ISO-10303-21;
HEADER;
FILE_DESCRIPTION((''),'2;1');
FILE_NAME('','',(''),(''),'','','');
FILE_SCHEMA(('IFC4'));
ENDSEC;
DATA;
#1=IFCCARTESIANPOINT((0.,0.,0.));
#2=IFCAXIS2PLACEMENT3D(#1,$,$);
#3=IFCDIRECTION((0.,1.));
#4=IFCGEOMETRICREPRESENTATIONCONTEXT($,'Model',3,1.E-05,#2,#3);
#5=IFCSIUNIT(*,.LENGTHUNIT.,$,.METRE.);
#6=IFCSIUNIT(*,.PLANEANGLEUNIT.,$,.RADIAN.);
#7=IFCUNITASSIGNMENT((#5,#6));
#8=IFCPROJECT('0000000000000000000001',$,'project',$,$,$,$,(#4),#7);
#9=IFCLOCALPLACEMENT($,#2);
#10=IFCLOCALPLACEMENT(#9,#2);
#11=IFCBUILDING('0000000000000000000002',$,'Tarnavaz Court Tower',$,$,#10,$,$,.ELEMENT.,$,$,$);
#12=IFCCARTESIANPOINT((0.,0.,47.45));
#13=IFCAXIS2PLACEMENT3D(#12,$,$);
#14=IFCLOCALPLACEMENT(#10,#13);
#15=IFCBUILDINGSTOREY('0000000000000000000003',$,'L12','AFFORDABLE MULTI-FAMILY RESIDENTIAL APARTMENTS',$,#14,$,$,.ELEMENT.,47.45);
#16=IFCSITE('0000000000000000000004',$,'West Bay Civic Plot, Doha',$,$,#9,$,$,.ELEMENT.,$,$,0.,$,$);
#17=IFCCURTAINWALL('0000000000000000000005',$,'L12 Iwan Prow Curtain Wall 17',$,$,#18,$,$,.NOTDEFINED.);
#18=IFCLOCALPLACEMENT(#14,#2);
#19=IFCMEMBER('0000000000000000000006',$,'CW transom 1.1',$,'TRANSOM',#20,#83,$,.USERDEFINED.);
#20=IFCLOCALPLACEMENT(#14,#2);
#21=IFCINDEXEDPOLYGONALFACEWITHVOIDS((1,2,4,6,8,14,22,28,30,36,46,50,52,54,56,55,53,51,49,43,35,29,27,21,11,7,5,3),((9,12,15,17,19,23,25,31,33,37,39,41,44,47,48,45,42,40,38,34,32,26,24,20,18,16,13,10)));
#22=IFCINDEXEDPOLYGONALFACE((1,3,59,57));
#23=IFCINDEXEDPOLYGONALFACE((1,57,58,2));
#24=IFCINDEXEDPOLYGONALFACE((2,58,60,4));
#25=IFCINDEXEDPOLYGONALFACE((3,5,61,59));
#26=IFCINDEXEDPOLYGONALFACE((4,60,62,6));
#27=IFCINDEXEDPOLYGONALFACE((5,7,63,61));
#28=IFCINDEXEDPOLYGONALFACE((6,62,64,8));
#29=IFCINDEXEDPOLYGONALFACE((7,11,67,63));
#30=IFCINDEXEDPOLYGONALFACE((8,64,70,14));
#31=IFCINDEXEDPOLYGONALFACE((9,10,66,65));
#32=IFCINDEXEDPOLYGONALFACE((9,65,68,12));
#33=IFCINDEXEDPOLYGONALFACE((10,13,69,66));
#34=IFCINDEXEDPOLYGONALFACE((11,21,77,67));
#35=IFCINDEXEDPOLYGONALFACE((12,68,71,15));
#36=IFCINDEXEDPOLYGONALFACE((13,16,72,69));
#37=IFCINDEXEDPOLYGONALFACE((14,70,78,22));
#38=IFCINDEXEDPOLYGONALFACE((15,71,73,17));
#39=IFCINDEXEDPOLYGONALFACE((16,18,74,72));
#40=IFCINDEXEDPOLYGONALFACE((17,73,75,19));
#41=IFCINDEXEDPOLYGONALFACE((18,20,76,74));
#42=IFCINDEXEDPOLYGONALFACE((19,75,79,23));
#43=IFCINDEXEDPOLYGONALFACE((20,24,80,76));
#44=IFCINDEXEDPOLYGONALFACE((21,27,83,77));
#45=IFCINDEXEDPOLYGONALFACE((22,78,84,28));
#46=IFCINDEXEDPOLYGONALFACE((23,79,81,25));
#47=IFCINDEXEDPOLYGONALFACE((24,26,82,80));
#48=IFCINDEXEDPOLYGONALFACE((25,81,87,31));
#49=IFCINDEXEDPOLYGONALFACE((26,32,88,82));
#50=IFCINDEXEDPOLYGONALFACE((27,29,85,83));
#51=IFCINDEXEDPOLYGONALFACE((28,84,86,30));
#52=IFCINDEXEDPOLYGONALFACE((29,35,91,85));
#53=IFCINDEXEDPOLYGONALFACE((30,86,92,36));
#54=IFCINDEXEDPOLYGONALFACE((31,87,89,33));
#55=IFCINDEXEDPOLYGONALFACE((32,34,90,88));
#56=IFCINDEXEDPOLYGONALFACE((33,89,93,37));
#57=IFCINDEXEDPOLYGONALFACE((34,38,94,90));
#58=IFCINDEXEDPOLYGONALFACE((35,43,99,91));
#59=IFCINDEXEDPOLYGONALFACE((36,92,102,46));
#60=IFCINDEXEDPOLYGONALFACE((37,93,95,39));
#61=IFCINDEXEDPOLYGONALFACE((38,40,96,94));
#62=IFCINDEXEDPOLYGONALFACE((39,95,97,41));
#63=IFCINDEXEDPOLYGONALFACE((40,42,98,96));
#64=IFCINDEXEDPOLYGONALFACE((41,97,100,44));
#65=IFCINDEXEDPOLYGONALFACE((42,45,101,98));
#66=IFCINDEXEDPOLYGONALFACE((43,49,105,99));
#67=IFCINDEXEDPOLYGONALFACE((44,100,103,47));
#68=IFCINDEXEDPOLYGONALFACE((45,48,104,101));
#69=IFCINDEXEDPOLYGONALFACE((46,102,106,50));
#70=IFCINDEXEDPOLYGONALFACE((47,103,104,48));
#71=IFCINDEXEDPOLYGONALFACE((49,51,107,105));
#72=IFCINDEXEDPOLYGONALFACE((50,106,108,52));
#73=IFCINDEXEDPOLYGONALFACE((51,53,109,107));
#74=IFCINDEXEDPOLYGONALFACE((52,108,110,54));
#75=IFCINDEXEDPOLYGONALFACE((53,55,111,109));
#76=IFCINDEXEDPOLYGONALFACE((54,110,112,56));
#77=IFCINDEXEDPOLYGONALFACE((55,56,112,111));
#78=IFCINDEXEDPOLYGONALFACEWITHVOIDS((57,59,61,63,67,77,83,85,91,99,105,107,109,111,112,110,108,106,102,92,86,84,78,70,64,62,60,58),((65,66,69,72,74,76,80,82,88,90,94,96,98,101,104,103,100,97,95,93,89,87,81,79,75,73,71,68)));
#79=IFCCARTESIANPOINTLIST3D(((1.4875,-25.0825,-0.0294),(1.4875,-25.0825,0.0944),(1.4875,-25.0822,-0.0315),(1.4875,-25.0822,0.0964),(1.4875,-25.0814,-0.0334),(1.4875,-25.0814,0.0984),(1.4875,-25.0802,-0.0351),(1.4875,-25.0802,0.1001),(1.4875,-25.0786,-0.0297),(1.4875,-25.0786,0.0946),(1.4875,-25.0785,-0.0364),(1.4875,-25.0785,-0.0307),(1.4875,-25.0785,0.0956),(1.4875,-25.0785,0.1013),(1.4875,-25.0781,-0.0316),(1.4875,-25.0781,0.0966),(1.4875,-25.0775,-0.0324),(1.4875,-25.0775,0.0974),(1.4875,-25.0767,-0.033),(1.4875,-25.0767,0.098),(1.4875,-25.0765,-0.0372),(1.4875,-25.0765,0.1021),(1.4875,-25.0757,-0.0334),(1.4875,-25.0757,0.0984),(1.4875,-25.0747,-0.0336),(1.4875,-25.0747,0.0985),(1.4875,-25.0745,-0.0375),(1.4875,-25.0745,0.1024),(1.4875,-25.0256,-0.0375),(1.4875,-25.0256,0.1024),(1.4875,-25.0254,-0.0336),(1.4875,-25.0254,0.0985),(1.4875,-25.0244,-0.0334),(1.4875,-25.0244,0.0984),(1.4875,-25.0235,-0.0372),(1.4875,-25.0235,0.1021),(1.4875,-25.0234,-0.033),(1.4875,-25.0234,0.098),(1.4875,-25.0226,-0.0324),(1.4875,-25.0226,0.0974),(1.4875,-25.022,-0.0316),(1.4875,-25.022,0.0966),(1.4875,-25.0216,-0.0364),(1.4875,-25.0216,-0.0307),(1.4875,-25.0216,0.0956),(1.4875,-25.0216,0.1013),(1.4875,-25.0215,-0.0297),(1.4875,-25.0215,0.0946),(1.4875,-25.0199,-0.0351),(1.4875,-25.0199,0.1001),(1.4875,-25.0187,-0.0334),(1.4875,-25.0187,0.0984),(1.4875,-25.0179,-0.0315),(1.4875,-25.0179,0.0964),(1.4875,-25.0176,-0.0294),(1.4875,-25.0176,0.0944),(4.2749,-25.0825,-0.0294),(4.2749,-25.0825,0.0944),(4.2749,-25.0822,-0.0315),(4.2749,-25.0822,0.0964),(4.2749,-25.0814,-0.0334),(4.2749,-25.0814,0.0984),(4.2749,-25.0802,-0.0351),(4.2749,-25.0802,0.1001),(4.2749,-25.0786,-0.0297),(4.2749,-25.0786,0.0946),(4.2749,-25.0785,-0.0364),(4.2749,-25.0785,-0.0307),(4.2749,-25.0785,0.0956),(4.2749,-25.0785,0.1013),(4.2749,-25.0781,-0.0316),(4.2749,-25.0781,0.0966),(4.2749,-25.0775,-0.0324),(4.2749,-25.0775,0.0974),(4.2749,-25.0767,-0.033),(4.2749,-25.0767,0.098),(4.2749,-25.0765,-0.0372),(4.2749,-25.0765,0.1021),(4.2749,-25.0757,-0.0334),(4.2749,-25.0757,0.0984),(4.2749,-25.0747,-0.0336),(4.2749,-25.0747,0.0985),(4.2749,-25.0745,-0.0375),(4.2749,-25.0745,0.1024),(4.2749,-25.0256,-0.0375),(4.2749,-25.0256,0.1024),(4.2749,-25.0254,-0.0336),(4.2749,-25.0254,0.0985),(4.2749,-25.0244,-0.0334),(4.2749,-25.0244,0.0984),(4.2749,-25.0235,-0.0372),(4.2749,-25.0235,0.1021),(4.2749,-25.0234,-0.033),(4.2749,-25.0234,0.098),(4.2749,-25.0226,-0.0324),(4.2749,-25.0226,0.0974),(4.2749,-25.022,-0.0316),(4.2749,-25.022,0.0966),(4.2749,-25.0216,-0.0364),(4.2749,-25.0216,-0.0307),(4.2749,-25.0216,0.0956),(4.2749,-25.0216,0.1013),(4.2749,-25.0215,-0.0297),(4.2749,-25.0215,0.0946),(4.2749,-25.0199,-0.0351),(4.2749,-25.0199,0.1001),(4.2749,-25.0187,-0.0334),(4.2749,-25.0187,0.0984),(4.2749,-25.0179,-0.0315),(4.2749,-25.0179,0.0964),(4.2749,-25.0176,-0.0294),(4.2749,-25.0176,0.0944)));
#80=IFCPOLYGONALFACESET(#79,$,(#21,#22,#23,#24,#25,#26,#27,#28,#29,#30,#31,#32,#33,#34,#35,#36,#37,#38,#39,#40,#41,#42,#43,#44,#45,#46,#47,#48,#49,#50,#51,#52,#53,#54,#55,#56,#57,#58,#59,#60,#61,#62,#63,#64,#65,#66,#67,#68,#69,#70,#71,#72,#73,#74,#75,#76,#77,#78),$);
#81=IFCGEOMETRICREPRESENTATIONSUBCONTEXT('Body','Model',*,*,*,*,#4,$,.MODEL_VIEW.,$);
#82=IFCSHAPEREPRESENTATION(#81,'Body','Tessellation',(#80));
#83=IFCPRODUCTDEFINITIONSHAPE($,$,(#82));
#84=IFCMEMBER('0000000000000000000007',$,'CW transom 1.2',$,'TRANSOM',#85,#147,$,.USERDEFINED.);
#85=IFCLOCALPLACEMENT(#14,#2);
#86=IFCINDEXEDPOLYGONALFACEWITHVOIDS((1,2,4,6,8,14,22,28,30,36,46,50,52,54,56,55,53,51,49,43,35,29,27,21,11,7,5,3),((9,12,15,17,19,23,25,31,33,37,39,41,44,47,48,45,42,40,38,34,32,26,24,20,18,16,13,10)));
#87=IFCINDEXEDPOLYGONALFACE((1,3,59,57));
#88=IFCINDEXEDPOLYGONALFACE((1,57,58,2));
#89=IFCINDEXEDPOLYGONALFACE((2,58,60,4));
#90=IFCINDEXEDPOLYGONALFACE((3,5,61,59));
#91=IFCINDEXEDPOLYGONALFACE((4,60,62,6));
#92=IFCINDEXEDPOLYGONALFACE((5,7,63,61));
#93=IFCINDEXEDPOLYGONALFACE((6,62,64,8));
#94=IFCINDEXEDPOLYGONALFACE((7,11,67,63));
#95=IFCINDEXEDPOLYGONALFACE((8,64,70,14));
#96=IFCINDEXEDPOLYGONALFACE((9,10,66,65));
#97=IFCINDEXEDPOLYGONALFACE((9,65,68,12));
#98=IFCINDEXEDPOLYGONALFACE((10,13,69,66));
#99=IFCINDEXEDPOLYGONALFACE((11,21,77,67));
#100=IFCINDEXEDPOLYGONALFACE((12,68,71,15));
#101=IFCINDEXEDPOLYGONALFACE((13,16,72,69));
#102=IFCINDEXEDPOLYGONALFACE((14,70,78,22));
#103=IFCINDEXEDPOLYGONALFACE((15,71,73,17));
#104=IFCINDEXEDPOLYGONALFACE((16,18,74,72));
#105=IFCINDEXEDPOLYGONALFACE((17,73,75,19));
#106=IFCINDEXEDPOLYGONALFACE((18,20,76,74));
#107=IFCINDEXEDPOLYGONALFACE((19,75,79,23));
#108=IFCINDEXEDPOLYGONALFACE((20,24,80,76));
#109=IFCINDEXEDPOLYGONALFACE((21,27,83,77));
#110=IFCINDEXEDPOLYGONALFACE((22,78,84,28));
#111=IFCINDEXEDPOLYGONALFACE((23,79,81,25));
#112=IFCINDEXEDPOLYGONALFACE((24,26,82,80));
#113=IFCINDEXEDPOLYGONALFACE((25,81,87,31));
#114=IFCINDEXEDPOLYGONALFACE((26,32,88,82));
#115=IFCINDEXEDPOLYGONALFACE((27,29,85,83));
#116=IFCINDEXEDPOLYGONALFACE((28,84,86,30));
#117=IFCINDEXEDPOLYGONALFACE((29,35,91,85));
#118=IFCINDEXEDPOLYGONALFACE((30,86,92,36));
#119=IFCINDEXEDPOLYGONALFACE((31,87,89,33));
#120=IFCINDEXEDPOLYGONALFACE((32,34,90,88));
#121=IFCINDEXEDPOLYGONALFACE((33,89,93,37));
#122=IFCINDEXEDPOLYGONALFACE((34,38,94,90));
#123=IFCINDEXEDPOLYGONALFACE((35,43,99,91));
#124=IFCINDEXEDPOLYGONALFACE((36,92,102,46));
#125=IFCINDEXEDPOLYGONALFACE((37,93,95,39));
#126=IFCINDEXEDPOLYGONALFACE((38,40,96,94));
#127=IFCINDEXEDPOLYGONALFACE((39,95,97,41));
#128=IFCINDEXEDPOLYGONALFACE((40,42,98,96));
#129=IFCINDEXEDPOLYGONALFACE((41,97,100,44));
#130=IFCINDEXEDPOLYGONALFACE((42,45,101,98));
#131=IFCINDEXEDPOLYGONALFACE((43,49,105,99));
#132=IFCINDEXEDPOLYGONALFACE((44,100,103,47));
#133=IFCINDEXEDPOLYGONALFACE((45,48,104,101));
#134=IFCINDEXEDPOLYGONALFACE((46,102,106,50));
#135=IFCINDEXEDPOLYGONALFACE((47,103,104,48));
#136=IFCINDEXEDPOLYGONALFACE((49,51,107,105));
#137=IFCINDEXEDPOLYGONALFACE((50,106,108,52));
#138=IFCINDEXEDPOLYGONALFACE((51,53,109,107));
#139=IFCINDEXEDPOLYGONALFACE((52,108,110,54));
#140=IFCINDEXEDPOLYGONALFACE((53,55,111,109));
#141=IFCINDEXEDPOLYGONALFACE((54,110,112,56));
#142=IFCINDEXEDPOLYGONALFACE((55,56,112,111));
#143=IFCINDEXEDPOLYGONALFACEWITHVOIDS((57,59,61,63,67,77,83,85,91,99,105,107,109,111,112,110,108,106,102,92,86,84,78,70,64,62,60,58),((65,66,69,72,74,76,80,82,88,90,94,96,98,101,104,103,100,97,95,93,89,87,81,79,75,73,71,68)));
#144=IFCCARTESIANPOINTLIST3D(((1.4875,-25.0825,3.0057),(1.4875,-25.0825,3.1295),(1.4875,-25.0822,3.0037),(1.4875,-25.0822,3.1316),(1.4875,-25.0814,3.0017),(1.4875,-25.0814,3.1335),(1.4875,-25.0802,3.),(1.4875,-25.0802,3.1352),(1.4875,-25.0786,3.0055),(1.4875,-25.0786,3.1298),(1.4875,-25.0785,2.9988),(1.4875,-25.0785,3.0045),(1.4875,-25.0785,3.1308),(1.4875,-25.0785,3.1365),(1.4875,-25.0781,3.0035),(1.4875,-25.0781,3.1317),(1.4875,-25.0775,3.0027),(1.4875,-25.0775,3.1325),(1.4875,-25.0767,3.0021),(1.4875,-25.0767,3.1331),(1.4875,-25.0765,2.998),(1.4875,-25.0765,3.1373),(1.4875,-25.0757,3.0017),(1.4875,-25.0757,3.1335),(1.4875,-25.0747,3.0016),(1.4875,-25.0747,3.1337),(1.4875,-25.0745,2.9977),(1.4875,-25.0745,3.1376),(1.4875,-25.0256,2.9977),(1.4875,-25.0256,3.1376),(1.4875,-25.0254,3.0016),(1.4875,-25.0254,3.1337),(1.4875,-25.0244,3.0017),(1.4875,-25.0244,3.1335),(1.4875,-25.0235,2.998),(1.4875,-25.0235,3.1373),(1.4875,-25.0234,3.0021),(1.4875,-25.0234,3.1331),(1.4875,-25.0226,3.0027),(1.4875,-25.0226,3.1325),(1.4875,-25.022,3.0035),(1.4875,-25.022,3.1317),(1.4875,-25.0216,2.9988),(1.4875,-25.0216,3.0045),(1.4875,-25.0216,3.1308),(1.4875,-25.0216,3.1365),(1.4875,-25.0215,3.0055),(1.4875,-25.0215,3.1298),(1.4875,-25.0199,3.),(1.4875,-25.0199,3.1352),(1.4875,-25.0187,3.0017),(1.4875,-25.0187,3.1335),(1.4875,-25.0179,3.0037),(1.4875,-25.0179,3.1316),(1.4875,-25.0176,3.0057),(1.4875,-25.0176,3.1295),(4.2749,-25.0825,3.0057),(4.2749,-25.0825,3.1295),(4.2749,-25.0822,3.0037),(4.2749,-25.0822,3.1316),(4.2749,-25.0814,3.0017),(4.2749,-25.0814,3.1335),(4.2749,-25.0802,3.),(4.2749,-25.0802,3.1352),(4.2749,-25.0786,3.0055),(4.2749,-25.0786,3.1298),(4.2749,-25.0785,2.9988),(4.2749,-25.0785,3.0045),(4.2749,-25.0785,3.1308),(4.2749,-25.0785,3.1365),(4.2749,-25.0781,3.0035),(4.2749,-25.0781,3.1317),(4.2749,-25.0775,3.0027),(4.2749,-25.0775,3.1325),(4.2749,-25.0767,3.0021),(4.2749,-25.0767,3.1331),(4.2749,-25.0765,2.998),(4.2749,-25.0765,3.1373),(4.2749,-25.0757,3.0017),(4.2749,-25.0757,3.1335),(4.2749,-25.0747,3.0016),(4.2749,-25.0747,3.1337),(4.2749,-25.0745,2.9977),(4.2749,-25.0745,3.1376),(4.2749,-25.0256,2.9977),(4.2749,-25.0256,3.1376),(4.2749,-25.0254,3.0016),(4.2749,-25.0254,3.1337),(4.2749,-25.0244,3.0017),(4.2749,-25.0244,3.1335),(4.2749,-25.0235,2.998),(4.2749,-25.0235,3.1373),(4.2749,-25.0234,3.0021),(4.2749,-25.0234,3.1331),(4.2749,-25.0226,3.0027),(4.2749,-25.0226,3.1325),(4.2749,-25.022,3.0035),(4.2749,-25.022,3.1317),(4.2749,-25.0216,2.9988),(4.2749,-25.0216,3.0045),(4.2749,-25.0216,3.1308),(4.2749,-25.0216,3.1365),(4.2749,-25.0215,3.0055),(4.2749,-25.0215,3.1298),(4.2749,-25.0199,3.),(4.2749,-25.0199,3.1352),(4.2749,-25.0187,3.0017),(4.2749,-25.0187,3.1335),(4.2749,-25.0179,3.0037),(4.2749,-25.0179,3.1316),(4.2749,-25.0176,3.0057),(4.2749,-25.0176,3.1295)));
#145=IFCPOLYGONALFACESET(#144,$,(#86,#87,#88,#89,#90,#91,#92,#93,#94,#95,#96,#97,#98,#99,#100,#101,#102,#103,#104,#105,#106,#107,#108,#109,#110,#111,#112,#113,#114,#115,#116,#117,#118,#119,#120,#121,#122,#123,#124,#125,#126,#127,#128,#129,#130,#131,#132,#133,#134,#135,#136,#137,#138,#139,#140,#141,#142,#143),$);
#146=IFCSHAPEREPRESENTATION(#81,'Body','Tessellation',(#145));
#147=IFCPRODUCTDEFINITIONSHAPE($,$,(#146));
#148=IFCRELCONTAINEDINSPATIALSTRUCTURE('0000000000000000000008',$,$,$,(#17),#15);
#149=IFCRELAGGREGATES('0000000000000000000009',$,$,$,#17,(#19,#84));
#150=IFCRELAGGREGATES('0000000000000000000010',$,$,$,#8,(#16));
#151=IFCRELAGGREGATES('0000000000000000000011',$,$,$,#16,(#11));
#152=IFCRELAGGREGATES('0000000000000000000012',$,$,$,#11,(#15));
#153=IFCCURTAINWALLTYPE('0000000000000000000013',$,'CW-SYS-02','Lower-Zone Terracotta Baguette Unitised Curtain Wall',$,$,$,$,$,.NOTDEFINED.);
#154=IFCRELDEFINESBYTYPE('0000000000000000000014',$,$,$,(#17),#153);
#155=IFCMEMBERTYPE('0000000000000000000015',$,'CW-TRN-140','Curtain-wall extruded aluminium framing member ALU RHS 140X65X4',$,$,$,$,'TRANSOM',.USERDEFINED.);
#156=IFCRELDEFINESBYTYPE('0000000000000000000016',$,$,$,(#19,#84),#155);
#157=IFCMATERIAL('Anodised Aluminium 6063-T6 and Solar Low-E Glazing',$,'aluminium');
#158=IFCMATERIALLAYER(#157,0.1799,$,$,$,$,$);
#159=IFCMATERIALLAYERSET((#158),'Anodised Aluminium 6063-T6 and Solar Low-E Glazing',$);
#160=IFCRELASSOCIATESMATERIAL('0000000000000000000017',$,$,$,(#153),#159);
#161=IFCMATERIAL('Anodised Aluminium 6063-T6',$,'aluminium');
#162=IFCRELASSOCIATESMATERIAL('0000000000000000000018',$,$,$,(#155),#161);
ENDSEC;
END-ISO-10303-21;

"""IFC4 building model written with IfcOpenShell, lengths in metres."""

from ifc_helpers import new_model, si_unit, direction, frame, origin, origin_2d, place, context, subcontext, project, spatial, hollow_rectangle, extrude, material, layer, layer_set, material_profile, profile_set, type_object, element, aggregate, save


model = new_model("IFC4")

# Units and contexts
model_context = context("Model", 3, precision=1e-05, world=origin(), true_north=direction((0.0, 1.0)))
body_context = subcontext(model_context, "Body", "Model", "MODEL_VIEW")
ifc_project = project(units=[si_unit("LENGTHUNIT", "METRE"), si_unit("PLANEANGLEUNIT", "RADIAN")], contexts=[model_context])

# Site, building, storey
site_placement = place(None, origin())
site = spatial("IfcSite", under=ifc_project, at=site_placement, Name="West Bay Civic Plot, Doha", CompositionType="ELEMENT", RefElevation=0.0)
building_placement = place(site_placement, origin())
building = spatial("IfcBuilding", under=site, at=building_placement, Name="Tarnavaz Court Tower", CompositionType="ELEMENT")
storey_placement = place(building_placement, frame((0.0, 0.0, 47.45)))
storey = spatial("IfcBuildingStorey", under=building, at=storey_placement, Name="L12", Description="AFFORDABLE MULTI-FAMILY RESIDENTIAL APARTMENTS", CompositionType="ELEMENT", Elevation=47.45)

# Curtain wall, members
ifc_material_1 = material(Name="Anodised Aluminium 6063-T6 and Solar Low-E Glazing", Category="aluminium")
ifc_layer_1 = layer(ifc_material_1, 0.1799)
ifc_layer_set_1 = layer_set([ifc_layer_1], Name="Anodised Aluminium 6063-T6 and Solar Low-E Glazing")
curtain_wall_type = type_object("IfcCurtainWallType", Name="CW-SYS-02", Description="Lower-Zone Terracotta Baguette Unitised Curtain Wall", PredefinedType="NOTDEFINED", material=ifc_layer_set_1)
curtain_wall_placement = place(storey_placement, origin())
curtain_wall = element("IfcCurtainWall", 1, at=curtain_wall_placement, inside=storey, type_object=curtain_wall_type, Name="L12 Iwan Prow Curtain Wall 17", PredefinedType="NOTDEFINED")
ifc_material_2 = material(Name="Anodised Aluminium 6063-T6", Category="aluminium")
ifc_material_profile_1 = material_profile(ifc_material_2, hollow_rectangle(XDim=0.0649, YDim=0.1399, WallThickness=0.0039, InnerFilletRadius=0.0039, OuterFilletRadius=0.0081, at=origin_2d()), Name="ALU RHS 140X65X4")
ifc_profile_set_1 = profile_set([ifc_material_profile_1], Name="Anodised Aluminium 6063-T6")
member_type_1 = type_object("IfcMemberType", Name="CW-TRN-140", Description="Curtain-wall extruded aluminium framing member ALU RHS 140X65X4", ElementType="TRANSOM", PredefinedType="USERDEFINED", material=ifc_profile_set_1)
member_1_placement = place(storey_placement, frame((4.2749, -25.05, 0.0325), z_axis=(-1.0, 0.0, 0.0), x_axis=(0.0, -1.0, 0.0)))
member_1 = element("IfcMember", 2, at=member_1_placement, type_object=member_type_1, Name="CW transom 1.1", ObjectType="TRANSOM", PredefinedType="USERDEFINED", context=body_context, shape_type="SweptSolid", body=[
    extrude(hollow_rectangle(XDim=0.0649, YDim=0.1399, WallThickness=0.0039, InnerFilletRadius=0.0039, OuterFilletRadius=0.0081, at=origin_2d()), origin(), (0.0, 0.0, 1.0), 2.7874),
])
member_2_placement = place(storey_placement, frame((4.2749, -25.05, 3.0676), z_axis=(-1.0, 0.0, 0.0), x_axis=(0.0, -1.0, 0.0)))
member_2 = element("IfcMember", 3, at=member_2_placement, type_object=member_type_1, Name="CW transom 1.2", ObjectType="TRANSOM", PredefinedType="USERDEFINED", context=body_context, shape_type="SweptSolid", body=[
    extrude(hollow_rectangle(XDim=0.0649, YDim=0.1399, WallThickness=0.0039, InnerFilletRadius=0.0039, OuterFilletRadius=0.0081, at=origin_2d()), origin(), (0.0, 0.0, 1.0), 2.7874),
])
aggregate(curtain_wall, [member_1, member_2])

save(model, "model.ifc")
